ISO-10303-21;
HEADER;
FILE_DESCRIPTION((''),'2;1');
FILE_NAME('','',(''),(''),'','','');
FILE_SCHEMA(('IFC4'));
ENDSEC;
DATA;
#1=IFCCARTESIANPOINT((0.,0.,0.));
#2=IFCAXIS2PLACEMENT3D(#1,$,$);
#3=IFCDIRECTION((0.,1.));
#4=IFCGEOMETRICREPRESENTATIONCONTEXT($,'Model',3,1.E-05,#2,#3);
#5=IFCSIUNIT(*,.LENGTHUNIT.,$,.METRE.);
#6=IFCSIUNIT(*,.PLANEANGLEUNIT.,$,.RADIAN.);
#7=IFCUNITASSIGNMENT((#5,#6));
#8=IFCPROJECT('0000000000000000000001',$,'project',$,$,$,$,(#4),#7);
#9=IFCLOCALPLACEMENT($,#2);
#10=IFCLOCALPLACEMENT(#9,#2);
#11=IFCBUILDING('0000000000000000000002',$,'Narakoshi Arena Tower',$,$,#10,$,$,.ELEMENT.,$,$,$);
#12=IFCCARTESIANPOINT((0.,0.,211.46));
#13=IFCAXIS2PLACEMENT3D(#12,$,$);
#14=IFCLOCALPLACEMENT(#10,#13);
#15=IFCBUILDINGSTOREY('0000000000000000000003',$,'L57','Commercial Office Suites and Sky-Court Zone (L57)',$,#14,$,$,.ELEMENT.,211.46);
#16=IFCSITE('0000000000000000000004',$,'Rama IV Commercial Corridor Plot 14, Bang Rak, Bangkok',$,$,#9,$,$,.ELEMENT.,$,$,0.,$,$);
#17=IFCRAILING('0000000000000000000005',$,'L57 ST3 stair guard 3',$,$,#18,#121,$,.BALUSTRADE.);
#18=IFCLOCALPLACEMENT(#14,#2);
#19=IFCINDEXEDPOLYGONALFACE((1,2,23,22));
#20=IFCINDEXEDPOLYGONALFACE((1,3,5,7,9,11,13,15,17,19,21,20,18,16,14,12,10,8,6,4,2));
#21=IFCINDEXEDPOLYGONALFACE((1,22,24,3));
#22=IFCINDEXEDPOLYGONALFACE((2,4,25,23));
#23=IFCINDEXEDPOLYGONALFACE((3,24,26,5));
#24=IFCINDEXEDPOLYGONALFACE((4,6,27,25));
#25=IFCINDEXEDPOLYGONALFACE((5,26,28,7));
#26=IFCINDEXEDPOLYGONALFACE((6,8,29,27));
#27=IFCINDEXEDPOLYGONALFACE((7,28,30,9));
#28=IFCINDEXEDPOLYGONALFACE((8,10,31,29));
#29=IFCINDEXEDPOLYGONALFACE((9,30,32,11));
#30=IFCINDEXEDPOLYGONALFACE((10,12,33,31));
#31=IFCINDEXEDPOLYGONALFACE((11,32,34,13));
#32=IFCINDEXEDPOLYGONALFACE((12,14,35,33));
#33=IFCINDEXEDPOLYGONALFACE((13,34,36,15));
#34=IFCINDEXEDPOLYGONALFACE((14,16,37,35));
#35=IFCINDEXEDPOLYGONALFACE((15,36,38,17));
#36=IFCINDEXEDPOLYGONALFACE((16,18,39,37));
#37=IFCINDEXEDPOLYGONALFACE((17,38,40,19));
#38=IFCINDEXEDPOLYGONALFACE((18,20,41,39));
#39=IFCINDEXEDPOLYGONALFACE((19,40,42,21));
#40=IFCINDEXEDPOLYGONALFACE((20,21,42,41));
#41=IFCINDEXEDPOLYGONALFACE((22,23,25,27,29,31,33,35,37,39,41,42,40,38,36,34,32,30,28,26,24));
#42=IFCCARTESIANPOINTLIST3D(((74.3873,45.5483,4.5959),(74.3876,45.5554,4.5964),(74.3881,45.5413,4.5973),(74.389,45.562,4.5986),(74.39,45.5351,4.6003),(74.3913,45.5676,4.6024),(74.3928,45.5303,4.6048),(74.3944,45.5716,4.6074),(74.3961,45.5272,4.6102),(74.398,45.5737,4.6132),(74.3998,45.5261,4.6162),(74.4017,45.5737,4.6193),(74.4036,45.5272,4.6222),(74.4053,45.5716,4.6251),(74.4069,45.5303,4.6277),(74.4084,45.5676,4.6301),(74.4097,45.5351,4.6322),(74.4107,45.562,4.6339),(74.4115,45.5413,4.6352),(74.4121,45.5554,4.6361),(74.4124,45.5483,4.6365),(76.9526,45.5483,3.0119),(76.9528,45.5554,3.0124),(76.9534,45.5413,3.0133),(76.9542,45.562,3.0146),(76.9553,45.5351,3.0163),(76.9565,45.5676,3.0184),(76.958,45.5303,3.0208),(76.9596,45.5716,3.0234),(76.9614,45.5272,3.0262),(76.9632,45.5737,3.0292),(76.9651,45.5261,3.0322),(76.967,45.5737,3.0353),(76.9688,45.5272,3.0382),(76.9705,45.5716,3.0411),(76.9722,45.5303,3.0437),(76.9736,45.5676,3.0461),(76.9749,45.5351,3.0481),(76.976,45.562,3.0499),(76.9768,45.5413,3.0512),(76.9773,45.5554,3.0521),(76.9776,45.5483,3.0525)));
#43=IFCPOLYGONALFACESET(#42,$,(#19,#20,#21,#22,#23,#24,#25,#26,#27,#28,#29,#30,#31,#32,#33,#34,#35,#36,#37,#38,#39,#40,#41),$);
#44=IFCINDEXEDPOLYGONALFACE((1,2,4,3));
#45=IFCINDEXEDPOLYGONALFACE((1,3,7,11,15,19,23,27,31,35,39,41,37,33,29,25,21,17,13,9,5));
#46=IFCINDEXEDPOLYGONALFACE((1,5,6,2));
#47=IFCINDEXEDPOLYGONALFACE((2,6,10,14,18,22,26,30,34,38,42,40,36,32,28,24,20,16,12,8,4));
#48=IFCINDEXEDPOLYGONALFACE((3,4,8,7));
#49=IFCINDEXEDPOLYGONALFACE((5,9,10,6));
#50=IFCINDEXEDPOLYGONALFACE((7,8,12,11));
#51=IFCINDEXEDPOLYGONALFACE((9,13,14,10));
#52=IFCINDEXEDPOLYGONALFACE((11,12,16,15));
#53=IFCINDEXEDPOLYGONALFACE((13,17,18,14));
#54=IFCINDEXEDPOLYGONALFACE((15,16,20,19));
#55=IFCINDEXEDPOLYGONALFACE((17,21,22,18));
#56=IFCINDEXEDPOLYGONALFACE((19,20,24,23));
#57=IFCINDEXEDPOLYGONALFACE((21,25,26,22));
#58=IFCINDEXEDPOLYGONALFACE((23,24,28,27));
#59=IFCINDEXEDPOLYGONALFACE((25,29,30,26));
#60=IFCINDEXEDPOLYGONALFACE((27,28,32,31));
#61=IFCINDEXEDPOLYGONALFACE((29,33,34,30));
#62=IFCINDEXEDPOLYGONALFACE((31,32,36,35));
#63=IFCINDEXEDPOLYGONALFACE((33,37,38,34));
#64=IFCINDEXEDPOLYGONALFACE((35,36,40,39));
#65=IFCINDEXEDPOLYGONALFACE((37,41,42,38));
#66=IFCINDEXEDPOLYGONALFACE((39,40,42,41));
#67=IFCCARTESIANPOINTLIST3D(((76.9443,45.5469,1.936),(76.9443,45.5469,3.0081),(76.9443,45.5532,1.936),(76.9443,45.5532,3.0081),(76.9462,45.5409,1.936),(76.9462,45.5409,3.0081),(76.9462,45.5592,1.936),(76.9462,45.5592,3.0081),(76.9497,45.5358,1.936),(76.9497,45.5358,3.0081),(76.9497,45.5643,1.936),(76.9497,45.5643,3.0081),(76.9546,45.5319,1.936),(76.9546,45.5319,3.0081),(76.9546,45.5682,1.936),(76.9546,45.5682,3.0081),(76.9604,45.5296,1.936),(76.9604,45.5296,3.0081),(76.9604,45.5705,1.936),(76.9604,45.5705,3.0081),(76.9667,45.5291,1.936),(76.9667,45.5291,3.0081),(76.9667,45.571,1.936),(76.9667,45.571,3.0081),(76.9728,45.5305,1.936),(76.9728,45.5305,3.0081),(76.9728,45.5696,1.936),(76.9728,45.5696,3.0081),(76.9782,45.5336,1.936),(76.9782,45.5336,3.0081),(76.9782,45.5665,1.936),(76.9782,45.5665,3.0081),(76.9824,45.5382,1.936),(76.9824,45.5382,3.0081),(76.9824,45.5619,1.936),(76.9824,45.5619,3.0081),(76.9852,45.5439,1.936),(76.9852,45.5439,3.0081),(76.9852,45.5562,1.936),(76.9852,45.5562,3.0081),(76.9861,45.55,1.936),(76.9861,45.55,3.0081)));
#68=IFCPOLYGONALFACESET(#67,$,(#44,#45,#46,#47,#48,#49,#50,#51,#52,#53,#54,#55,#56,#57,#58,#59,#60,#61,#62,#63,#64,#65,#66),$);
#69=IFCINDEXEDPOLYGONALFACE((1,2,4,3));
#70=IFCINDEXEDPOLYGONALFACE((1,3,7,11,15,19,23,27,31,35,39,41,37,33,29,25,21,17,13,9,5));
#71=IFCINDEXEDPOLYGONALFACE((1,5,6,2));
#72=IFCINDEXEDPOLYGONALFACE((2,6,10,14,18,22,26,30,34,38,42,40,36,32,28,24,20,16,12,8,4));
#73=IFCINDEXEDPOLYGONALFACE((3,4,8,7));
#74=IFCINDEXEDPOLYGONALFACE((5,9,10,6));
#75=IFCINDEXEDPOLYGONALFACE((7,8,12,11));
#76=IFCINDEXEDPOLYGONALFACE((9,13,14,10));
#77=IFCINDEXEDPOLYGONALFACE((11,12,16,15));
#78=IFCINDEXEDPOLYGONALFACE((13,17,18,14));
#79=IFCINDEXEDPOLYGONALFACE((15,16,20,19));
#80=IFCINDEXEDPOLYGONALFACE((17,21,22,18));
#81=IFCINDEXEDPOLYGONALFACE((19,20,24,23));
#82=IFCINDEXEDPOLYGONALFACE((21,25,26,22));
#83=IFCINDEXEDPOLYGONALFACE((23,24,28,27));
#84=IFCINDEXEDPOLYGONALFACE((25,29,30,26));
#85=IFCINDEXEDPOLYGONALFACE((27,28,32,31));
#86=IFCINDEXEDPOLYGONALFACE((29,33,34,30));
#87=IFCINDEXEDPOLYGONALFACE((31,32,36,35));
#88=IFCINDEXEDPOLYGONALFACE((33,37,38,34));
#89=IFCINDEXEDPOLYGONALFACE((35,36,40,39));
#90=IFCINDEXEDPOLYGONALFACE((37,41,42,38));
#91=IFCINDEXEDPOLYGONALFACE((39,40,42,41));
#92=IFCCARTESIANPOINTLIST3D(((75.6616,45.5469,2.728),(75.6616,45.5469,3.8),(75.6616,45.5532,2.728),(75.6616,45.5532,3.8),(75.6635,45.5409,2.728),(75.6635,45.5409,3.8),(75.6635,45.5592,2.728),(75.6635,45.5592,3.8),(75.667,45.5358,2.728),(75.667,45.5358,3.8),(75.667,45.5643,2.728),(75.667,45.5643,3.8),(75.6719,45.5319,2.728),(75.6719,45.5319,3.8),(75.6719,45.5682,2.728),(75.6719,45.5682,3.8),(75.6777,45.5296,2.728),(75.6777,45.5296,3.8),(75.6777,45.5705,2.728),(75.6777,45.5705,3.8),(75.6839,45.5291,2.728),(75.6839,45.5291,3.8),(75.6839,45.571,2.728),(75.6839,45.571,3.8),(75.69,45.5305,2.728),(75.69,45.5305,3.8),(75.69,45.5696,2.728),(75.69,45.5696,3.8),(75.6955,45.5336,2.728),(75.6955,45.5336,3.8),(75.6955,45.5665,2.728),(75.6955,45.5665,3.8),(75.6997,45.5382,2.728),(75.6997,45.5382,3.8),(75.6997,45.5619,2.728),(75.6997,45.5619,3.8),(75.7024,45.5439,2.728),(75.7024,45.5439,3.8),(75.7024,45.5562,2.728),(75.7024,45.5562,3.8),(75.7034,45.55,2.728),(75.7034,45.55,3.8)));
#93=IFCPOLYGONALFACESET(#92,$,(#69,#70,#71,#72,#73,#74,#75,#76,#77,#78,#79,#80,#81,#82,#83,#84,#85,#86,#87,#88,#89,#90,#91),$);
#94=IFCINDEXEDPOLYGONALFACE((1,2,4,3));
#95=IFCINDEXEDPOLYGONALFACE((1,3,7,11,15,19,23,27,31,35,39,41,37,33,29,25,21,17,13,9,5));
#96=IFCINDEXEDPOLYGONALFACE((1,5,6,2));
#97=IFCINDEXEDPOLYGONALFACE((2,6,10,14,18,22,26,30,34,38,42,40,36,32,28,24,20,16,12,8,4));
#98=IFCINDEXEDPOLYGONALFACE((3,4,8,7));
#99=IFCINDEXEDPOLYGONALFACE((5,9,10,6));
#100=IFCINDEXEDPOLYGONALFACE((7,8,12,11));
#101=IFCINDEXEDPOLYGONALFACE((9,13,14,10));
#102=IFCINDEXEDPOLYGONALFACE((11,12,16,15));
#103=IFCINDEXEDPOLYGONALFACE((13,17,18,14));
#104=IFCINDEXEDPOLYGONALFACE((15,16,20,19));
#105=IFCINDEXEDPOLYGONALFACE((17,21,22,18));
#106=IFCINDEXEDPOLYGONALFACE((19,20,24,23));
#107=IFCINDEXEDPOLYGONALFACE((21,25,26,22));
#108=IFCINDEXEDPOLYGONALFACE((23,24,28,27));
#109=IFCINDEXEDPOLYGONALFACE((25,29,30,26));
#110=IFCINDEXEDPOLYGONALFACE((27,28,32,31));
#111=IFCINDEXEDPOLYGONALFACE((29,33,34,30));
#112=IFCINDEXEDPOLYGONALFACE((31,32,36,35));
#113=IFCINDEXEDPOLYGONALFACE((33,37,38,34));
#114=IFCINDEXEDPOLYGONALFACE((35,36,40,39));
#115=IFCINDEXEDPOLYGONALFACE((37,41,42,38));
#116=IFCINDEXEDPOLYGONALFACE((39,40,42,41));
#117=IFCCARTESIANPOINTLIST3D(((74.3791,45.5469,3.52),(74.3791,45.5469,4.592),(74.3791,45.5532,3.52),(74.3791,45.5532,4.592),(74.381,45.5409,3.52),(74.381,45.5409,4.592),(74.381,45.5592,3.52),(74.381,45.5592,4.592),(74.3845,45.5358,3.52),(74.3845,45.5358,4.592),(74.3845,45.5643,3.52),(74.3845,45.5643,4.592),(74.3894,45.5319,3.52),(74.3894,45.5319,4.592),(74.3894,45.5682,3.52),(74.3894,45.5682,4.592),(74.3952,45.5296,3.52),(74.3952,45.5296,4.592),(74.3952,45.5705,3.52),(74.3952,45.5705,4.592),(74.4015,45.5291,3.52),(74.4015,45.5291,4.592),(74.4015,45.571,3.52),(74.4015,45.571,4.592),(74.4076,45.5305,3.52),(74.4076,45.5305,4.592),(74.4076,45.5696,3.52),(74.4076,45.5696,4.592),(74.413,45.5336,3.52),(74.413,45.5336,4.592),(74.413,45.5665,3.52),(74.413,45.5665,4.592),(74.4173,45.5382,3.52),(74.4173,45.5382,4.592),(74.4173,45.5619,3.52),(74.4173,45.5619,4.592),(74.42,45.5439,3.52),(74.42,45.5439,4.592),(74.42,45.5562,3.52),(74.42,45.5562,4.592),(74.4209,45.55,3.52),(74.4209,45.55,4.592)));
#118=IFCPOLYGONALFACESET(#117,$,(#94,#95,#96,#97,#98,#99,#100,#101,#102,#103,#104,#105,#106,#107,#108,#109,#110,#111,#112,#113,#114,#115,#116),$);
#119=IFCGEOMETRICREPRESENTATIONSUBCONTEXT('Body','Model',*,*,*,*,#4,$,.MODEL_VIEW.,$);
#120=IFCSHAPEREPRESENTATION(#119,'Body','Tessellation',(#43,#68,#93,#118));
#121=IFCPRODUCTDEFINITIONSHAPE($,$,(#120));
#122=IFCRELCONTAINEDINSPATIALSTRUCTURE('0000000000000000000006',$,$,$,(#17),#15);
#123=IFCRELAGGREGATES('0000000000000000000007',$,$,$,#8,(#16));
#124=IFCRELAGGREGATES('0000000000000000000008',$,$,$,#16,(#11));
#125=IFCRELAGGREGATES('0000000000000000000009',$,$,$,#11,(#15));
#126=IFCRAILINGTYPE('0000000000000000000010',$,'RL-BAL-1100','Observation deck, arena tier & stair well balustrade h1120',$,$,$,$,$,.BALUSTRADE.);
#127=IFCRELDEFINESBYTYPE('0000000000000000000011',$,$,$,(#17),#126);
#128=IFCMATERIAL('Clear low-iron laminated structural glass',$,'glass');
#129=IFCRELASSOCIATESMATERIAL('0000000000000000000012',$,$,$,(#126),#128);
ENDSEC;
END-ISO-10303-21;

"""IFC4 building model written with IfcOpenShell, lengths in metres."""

from ifc_helpers import new_model, si_unit, direction, frame, origin, origin_2d, place, context, subcontext, project, spatial, circle, extrude, material, type_object, element, save


model = new_model("IFC4")

# Units and contexts
model_context = context("Model", 3, precision=1e-05, world=origin(), true_north=direction((0.0, 1.0)))
body_context = subcontext(model_context, "Body", "Model", "MODEL_VIEW")
ifc_project = project(units=[si_unit("LENGTHUNIT", "METRE"), si_unit("PLANEANGLEUNIT", "RADIAN")], contexts=[model_context])

# Site, building, storey
site_placement = place(None, origin())
site = spatial("IfcSite", under=ifc_project, at=site_placement, Name="Rama IV Commercial Corridor Plot 14, Bang Rak, Bangkok", CompositionType="ELEMENT", RefElevation=0.0)
building_placement = place(site_placement, origin())
building = spatial("IfcBuilding", under=site, at=building_placement, Name="Narakoshi Arena Tower", CompositionType="ELEMENT")
storey_placement = place(building_placement, frame((0.0, 0.0, 211.46)))
storey = spatial("IfcBuildingStorey", under=building, at=storey_placement, Name="L57", Description="Commercial Office Suites and Sky-Court Zone (L57)", CompositionType="ELEMENT", Elevation=211.46)

# Railing
ifc_material_1 = material(Name="Clear low-iron laminated structural glass", Category="glass")
railing_type_1 = type_object("IfcRailingType", Name="RL-BAL-1100", Description="Observation deck, arena tier & stair well balustrade h1120", PredefinedType="BALUSTRADE", material=ifc_material_1)
railing_1_placement = place(storey_placement, frame((76.9651, 45.55, 1.936)))
element("IfcRailing", 1, at=railing_1_placement, inside=storey, type_object=railing_type_1, Name="L57 ST3 stair guard 3", PredefinedType="BALUSTRADE", context=body_context, shape_type="SweptSolid", body=[
    extrude(circle(Radius=0.0239, at=origin_2d()), frame((0.0, 0.0, 1.0962), z_axis=(-0.850857, 0.0, 0.525398), x_axis=(0.0, -1.0, 0.0)), (0.0, 0.0, 1.0), 3.0149),
    extrude(circle(Radius=0.021, at=origin_2d()), origin(), (0.0, 0.0, 1.0), 1.072),
    extrude(circle(Radius=0.021, at=origin_2d()), frame((-1.2827, 0.0, 0.792)), (0.0, 0.0, 1.0), 1.072),
    extrude(circle(Radius=0.021, at=origin_2d()), frame((-2.5652, 0.0, 1.584)), (0.0, 0.0, 1.0), 1.072),
])

save(model, "model.ifc")
